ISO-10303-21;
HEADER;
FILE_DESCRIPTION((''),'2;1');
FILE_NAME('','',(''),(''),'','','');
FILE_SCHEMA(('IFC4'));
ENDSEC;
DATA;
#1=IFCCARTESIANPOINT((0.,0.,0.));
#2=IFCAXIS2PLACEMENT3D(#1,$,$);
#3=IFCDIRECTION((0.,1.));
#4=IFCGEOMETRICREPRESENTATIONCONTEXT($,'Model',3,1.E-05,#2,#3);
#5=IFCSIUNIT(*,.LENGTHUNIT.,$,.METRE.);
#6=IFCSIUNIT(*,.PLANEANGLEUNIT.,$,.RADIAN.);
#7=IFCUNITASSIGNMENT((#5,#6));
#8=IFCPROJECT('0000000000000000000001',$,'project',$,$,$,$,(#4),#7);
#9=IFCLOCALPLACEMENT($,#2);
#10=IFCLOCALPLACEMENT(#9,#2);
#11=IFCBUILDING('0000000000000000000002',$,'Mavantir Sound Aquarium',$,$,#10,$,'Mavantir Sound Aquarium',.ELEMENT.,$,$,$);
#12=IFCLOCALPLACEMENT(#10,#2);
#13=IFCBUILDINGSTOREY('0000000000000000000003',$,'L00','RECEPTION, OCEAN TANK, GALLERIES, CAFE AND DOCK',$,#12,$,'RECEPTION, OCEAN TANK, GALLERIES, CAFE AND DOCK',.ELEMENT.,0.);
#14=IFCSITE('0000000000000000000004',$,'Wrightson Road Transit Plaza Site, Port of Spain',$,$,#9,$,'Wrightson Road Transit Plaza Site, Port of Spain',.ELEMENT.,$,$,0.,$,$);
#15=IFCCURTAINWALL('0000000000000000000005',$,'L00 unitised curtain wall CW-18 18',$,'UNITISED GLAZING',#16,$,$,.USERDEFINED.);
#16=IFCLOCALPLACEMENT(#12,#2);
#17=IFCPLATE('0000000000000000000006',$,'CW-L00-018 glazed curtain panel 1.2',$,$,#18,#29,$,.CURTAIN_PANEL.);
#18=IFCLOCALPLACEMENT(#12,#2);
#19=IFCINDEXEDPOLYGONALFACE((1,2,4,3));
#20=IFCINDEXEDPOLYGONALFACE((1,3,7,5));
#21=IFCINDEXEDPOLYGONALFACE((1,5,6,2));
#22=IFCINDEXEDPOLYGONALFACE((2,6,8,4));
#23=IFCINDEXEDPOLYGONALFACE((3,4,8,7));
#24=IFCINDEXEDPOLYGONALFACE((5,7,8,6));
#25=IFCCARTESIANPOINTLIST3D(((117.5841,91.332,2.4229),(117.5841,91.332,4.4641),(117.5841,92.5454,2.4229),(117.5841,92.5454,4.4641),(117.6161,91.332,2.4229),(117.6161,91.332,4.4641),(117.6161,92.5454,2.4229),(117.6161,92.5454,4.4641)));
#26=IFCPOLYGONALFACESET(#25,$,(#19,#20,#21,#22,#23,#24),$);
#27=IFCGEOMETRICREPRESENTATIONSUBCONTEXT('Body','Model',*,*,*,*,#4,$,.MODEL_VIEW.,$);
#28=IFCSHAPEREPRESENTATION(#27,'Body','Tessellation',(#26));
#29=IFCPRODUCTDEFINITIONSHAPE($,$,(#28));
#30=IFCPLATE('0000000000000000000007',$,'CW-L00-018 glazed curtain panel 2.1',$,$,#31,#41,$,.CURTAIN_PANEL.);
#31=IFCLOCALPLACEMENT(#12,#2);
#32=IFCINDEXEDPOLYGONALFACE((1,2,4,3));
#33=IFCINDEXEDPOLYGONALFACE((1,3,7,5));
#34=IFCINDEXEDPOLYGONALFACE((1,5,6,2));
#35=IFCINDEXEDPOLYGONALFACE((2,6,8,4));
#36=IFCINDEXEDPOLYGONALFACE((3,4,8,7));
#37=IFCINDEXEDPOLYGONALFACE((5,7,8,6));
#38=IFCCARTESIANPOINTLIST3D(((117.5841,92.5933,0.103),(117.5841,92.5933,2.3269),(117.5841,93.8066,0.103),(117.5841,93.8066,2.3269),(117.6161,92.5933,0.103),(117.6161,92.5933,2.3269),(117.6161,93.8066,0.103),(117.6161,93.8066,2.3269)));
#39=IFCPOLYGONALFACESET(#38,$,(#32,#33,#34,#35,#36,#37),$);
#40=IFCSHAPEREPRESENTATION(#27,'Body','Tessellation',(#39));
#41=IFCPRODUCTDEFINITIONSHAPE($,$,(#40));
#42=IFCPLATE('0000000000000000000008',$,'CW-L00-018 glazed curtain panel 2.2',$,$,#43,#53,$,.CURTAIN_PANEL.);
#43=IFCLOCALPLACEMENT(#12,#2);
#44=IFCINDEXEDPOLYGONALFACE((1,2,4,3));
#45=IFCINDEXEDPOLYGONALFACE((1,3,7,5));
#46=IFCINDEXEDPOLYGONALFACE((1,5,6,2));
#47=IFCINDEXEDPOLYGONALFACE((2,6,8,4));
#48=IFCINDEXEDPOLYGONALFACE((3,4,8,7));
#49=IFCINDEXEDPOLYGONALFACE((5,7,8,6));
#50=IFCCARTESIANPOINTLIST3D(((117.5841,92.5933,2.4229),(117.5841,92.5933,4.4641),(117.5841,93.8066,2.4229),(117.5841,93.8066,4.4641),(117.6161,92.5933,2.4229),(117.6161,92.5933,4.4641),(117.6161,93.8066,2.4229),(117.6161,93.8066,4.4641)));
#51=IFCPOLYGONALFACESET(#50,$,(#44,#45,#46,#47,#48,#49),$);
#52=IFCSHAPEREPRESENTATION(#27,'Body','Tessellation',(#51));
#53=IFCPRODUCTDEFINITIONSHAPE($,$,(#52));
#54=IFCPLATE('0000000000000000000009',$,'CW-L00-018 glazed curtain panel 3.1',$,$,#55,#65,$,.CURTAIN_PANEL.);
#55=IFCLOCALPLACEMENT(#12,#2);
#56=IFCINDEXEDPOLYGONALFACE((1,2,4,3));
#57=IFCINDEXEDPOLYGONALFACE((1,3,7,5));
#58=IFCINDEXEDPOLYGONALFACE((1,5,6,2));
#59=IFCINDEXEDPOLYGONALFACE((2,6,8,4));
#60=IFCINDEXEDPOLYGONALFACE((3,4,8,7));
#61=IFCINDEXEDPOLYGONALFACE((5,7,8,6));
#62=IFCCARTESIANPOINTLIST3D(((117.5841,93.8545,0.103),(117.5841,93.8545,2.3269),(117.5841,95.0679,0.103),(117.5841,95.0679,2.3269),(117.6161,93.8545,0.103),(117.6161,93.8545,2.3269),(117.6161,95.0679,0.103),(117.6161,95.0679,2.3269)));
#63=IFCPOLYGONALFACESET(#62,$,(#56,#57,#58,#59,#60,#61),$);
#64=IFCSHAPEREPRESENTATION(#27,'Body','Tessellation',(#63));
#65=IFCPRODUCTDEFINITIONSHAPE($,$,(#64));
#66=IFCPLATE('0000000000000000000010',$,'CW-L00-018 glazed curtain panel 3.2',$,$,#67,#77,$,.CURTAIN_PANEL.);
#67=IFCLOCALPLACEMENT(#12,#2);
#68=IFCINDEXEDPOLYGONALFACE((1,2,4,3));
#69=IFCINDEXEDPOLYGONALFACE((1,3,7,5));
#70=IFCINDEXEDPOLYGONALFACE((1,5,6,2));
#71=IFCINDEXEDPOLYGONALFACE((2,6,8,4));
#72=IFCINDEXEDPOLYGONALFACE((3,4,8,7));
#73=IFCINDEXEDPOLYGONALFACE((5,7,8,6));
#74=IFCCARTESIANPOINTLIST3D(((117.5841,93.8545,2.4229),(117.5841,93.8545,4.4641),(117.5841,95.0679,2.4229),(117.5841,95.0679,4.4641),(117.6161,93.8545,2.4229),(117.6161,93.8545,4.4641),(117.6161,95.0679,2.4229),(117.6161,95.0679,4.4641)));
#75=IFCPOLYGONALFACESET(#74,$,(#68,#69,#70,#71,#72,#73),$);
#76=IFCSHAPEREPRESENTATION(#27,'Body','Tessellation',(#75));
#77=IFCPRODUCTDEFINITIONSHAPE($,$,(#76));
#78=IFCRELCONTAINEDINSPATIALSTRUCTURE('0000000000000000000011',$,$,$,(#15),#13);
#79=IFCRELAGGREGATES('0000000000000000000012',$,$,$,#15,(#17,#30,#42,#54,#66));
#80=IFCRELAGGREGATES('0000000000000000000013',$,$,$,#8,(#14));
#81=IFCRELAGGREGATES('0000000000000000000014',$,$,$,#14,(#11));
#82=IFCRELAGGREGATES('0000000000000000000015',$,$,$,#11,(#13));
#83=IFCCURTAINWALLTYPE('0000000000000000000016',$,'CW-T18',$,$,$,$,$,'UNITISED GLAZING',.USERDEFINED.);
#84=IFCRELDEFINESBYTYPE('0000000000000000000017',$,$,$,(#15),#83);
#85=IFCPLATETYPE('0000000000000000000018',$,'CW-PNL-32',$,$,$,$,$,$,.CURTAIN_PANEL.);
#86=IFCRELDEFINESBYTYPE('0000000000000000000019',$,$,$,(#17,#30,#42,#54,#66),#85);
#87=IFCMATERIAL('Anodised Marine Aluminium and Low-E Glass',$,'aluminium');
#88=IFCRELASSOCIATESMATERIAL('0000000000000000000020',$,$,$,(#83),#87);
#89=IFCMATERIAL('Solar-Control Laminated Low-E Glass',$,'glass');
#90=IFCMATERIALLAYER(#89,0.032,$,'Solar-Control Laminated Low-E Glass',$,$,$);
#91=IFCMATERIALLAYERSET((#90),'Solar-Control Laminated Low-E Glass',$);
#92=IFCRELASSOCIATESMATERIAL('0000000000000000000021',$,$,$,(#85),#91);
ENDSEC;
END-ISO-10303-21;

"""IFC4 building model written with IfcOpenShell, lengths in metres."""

from ifc_helpers import new_model, si_unit, direction, frame, origin, origin_2d, place, context, subcontext, project, spatial, rectangle, extrude, material, layer, layer_set, type_object, element, aggregate, save


model = new_model("IFC4")

# Units and contexts
model_context = context("Model", 3, precision=1e-05, world=origin(), true_north=direction((0.0, 1.0)))
body_context = subcontext(model_context, "Body", "Model", "MODEL_VIEW")
ifc_project = project(units=[si_unit("LENGTHUNIT", "METRE"), si_unit("PLANEANGLEUNIT", "RADIAN")], contexts=[model_context])

# Site, building, storey
site_placement = place(None, origin())
site = spatial("IfcSite", under=ifc_project, at=site_placement, Name="Wrightson Road Transit Plaza Site, Port of Spain", LongName="Wrightson Road Transit Plaza Site, Port of Spain", CompositionType="ELEMENT", RefElevation=0.0)
building_placement = place(site_placement, origin())
building = spatial("IfcBuilding", under=site, at=building_placement, Name="Mavantir Sound Aquarium", LongName="Mavantir Sound Aquarium", CompositionType="ELEMENT")
storey_placement = place(building_placement, origin())
storey = spatial("IfcBuildingStorey", under=building, at=storey_placement, Name="L00", Description="RECEPTION, OCEAN TANK, GALLERIES, CAFE AND DOCK", LongName="RECEPTION, OCEAN TANK, GALLERIES, CAFE AND DOCK", CompositionType="ELEMENT", Elevation=0.0)

# Shared definitions
ifc_material_1 = material(Name="Anodised Marine Aluminium and Low-E Glass", Category="aluminium")

# Curtain wall
curtain_wall_type_1 = type_object("IfcCurtainWallType", Name="CW-T18", ElementType="UNITISED GLAZING", PredefinedType="USERDEFINED", material=ifc_material_1)
curtain_wall_1_placement = place(storey_placement, origin())
curtain_wall_1 = element("IfcCurtainWall", 1, at=curtain_wall_1_placement, inside=storey, type_object=curtain_wall_type_1, Name="L00 unitised curtain wall CW-18 18", ObjectType="UNITISED GLAZING", PredefinedType="USERDEFINED")

# Plates
ifc_material_2 = material(Name="Solar-Control Laminated Low-E Glass", Category="glass")
ifc_layer_1 = layer(ifc_material_2, 0.032, Name="Solar-Control Laminated Low-E Glass")
ifc_layer_set_1 = layer_set([ifc_layer_1], Name="Solar-Control Laminated Low-E Glass")
plate_type_1 = type_object("IfcPlateType", Name="CW-PNL-32", PredefinedType="CURTAIN_PANEL", material=ifc_layer_set_1)
plate_1_placement = place(storey_placement, frame((117.6001, 91.9387, 2.4229), z_axis=(0.0, 0.0, 1.0), x_axis=(0.0, 1.0, 0.0)))
plate_1 = element("IfcPlate", 2, at=plate_1_placement, type_object=plate_type_1, Name="CW-L00-018 glazed curtain panel 1.2", PredefinedType="CURTAIN_PANEL", context=body_context, shape_type="SweptSolid", body=[
    extrude(rectangle(XDim=1.2134, YDim=0.032, at=origin_2d()), origin(), (0.0, 0.0, 1.0), 2.0413),
])
plate_2_placement = place(storey_placement, frame((117.6001, 93.2, 0.103), z_axis=(0.0, 0.0, 1.0), x_axis=(0.0, 1.0, 0.0)))
plate_2 = element("IfcPlate", 3, at=plate_2_placement, type_object=plate_type_1, Name="CW-L00-018 glazed curtain panel 2.1", PredefinedType="CURTAIN_PANEL", context=body_context, shape_type="SweptSolid", body=[
    extrude(rectangle(XDim=1.2134, YDim=0.032, at=origin_2d()), origin(), (0.0, 0.0, 1.0), 2.2239),
])
plate_3_placement = place(storey_placement, frame((117.6001, 93.2, 2.4229), z_axis=(0.0, 0.0, 1.0), x_axis=(0.0, 1.0, 0.0)))
plate_3 = element("IfcPlate", 4, at=plate_3_placement, type_object=plate_type_1, Name="CW-L00-018 glazed curtain panel 2.2", PredefinedType="CURTAIN_PANEL", context=body_context, shape_type="SweptSolid", body=[
    extrude(rectangle(XDim=1.2134, YDim=0.032, at=origin_2d()), origin(), (0.0, 0.0, 1.0), 2.0413),
])
plate_4_placement = place(storey_placement, frame((117.6001, 94.4612, 0.103), z_axis=(0.0, 0.0, 1.0), x_axis=(0.0, 1.0, 0.0)))
plate_4 = element("IfcPlate", 5, at=plate_4_placement, type_object=plate_type_1, Name="CW-L00-018 glazed curtain panel 3.1", PredefinedType="CURTAIN_PANEL", context=body_context, shape_type="SweptSolid", body=[
    extrude(rectangle(XDim=1.2134, YDim=0.032, at=origin_2d()), origin(), (0.0, 0.0, 1.0), 2.2239),
])
plate_5_placement = place(storey_placement, frame((117.6001, 94.4612, 2.4229), z_axis=(0.0, 0.0, 1.0), x_axis=(0.0, 1.0, 0.0)))
plate_5 = element("IfcPlate", 6, at=plate_5_placement, type_object=plate_type_1, Name="CW-L00-018 glazed curtain panel 3.2", PredefinedType="CURTAIN_PANEL", context=body_context, shape_type="SweptSolid", body=[
    extrude(rectangle(XDim=1.2134, YDim=0.032, at=origin_2d()), origin(), (0.0, 0.0, 1.0), 2.0413),
])
aggregate(curtain_wall_1, [plate_1, plate_2, plate_3, plate_4, plate_5])

save(model, "model.ifc")
